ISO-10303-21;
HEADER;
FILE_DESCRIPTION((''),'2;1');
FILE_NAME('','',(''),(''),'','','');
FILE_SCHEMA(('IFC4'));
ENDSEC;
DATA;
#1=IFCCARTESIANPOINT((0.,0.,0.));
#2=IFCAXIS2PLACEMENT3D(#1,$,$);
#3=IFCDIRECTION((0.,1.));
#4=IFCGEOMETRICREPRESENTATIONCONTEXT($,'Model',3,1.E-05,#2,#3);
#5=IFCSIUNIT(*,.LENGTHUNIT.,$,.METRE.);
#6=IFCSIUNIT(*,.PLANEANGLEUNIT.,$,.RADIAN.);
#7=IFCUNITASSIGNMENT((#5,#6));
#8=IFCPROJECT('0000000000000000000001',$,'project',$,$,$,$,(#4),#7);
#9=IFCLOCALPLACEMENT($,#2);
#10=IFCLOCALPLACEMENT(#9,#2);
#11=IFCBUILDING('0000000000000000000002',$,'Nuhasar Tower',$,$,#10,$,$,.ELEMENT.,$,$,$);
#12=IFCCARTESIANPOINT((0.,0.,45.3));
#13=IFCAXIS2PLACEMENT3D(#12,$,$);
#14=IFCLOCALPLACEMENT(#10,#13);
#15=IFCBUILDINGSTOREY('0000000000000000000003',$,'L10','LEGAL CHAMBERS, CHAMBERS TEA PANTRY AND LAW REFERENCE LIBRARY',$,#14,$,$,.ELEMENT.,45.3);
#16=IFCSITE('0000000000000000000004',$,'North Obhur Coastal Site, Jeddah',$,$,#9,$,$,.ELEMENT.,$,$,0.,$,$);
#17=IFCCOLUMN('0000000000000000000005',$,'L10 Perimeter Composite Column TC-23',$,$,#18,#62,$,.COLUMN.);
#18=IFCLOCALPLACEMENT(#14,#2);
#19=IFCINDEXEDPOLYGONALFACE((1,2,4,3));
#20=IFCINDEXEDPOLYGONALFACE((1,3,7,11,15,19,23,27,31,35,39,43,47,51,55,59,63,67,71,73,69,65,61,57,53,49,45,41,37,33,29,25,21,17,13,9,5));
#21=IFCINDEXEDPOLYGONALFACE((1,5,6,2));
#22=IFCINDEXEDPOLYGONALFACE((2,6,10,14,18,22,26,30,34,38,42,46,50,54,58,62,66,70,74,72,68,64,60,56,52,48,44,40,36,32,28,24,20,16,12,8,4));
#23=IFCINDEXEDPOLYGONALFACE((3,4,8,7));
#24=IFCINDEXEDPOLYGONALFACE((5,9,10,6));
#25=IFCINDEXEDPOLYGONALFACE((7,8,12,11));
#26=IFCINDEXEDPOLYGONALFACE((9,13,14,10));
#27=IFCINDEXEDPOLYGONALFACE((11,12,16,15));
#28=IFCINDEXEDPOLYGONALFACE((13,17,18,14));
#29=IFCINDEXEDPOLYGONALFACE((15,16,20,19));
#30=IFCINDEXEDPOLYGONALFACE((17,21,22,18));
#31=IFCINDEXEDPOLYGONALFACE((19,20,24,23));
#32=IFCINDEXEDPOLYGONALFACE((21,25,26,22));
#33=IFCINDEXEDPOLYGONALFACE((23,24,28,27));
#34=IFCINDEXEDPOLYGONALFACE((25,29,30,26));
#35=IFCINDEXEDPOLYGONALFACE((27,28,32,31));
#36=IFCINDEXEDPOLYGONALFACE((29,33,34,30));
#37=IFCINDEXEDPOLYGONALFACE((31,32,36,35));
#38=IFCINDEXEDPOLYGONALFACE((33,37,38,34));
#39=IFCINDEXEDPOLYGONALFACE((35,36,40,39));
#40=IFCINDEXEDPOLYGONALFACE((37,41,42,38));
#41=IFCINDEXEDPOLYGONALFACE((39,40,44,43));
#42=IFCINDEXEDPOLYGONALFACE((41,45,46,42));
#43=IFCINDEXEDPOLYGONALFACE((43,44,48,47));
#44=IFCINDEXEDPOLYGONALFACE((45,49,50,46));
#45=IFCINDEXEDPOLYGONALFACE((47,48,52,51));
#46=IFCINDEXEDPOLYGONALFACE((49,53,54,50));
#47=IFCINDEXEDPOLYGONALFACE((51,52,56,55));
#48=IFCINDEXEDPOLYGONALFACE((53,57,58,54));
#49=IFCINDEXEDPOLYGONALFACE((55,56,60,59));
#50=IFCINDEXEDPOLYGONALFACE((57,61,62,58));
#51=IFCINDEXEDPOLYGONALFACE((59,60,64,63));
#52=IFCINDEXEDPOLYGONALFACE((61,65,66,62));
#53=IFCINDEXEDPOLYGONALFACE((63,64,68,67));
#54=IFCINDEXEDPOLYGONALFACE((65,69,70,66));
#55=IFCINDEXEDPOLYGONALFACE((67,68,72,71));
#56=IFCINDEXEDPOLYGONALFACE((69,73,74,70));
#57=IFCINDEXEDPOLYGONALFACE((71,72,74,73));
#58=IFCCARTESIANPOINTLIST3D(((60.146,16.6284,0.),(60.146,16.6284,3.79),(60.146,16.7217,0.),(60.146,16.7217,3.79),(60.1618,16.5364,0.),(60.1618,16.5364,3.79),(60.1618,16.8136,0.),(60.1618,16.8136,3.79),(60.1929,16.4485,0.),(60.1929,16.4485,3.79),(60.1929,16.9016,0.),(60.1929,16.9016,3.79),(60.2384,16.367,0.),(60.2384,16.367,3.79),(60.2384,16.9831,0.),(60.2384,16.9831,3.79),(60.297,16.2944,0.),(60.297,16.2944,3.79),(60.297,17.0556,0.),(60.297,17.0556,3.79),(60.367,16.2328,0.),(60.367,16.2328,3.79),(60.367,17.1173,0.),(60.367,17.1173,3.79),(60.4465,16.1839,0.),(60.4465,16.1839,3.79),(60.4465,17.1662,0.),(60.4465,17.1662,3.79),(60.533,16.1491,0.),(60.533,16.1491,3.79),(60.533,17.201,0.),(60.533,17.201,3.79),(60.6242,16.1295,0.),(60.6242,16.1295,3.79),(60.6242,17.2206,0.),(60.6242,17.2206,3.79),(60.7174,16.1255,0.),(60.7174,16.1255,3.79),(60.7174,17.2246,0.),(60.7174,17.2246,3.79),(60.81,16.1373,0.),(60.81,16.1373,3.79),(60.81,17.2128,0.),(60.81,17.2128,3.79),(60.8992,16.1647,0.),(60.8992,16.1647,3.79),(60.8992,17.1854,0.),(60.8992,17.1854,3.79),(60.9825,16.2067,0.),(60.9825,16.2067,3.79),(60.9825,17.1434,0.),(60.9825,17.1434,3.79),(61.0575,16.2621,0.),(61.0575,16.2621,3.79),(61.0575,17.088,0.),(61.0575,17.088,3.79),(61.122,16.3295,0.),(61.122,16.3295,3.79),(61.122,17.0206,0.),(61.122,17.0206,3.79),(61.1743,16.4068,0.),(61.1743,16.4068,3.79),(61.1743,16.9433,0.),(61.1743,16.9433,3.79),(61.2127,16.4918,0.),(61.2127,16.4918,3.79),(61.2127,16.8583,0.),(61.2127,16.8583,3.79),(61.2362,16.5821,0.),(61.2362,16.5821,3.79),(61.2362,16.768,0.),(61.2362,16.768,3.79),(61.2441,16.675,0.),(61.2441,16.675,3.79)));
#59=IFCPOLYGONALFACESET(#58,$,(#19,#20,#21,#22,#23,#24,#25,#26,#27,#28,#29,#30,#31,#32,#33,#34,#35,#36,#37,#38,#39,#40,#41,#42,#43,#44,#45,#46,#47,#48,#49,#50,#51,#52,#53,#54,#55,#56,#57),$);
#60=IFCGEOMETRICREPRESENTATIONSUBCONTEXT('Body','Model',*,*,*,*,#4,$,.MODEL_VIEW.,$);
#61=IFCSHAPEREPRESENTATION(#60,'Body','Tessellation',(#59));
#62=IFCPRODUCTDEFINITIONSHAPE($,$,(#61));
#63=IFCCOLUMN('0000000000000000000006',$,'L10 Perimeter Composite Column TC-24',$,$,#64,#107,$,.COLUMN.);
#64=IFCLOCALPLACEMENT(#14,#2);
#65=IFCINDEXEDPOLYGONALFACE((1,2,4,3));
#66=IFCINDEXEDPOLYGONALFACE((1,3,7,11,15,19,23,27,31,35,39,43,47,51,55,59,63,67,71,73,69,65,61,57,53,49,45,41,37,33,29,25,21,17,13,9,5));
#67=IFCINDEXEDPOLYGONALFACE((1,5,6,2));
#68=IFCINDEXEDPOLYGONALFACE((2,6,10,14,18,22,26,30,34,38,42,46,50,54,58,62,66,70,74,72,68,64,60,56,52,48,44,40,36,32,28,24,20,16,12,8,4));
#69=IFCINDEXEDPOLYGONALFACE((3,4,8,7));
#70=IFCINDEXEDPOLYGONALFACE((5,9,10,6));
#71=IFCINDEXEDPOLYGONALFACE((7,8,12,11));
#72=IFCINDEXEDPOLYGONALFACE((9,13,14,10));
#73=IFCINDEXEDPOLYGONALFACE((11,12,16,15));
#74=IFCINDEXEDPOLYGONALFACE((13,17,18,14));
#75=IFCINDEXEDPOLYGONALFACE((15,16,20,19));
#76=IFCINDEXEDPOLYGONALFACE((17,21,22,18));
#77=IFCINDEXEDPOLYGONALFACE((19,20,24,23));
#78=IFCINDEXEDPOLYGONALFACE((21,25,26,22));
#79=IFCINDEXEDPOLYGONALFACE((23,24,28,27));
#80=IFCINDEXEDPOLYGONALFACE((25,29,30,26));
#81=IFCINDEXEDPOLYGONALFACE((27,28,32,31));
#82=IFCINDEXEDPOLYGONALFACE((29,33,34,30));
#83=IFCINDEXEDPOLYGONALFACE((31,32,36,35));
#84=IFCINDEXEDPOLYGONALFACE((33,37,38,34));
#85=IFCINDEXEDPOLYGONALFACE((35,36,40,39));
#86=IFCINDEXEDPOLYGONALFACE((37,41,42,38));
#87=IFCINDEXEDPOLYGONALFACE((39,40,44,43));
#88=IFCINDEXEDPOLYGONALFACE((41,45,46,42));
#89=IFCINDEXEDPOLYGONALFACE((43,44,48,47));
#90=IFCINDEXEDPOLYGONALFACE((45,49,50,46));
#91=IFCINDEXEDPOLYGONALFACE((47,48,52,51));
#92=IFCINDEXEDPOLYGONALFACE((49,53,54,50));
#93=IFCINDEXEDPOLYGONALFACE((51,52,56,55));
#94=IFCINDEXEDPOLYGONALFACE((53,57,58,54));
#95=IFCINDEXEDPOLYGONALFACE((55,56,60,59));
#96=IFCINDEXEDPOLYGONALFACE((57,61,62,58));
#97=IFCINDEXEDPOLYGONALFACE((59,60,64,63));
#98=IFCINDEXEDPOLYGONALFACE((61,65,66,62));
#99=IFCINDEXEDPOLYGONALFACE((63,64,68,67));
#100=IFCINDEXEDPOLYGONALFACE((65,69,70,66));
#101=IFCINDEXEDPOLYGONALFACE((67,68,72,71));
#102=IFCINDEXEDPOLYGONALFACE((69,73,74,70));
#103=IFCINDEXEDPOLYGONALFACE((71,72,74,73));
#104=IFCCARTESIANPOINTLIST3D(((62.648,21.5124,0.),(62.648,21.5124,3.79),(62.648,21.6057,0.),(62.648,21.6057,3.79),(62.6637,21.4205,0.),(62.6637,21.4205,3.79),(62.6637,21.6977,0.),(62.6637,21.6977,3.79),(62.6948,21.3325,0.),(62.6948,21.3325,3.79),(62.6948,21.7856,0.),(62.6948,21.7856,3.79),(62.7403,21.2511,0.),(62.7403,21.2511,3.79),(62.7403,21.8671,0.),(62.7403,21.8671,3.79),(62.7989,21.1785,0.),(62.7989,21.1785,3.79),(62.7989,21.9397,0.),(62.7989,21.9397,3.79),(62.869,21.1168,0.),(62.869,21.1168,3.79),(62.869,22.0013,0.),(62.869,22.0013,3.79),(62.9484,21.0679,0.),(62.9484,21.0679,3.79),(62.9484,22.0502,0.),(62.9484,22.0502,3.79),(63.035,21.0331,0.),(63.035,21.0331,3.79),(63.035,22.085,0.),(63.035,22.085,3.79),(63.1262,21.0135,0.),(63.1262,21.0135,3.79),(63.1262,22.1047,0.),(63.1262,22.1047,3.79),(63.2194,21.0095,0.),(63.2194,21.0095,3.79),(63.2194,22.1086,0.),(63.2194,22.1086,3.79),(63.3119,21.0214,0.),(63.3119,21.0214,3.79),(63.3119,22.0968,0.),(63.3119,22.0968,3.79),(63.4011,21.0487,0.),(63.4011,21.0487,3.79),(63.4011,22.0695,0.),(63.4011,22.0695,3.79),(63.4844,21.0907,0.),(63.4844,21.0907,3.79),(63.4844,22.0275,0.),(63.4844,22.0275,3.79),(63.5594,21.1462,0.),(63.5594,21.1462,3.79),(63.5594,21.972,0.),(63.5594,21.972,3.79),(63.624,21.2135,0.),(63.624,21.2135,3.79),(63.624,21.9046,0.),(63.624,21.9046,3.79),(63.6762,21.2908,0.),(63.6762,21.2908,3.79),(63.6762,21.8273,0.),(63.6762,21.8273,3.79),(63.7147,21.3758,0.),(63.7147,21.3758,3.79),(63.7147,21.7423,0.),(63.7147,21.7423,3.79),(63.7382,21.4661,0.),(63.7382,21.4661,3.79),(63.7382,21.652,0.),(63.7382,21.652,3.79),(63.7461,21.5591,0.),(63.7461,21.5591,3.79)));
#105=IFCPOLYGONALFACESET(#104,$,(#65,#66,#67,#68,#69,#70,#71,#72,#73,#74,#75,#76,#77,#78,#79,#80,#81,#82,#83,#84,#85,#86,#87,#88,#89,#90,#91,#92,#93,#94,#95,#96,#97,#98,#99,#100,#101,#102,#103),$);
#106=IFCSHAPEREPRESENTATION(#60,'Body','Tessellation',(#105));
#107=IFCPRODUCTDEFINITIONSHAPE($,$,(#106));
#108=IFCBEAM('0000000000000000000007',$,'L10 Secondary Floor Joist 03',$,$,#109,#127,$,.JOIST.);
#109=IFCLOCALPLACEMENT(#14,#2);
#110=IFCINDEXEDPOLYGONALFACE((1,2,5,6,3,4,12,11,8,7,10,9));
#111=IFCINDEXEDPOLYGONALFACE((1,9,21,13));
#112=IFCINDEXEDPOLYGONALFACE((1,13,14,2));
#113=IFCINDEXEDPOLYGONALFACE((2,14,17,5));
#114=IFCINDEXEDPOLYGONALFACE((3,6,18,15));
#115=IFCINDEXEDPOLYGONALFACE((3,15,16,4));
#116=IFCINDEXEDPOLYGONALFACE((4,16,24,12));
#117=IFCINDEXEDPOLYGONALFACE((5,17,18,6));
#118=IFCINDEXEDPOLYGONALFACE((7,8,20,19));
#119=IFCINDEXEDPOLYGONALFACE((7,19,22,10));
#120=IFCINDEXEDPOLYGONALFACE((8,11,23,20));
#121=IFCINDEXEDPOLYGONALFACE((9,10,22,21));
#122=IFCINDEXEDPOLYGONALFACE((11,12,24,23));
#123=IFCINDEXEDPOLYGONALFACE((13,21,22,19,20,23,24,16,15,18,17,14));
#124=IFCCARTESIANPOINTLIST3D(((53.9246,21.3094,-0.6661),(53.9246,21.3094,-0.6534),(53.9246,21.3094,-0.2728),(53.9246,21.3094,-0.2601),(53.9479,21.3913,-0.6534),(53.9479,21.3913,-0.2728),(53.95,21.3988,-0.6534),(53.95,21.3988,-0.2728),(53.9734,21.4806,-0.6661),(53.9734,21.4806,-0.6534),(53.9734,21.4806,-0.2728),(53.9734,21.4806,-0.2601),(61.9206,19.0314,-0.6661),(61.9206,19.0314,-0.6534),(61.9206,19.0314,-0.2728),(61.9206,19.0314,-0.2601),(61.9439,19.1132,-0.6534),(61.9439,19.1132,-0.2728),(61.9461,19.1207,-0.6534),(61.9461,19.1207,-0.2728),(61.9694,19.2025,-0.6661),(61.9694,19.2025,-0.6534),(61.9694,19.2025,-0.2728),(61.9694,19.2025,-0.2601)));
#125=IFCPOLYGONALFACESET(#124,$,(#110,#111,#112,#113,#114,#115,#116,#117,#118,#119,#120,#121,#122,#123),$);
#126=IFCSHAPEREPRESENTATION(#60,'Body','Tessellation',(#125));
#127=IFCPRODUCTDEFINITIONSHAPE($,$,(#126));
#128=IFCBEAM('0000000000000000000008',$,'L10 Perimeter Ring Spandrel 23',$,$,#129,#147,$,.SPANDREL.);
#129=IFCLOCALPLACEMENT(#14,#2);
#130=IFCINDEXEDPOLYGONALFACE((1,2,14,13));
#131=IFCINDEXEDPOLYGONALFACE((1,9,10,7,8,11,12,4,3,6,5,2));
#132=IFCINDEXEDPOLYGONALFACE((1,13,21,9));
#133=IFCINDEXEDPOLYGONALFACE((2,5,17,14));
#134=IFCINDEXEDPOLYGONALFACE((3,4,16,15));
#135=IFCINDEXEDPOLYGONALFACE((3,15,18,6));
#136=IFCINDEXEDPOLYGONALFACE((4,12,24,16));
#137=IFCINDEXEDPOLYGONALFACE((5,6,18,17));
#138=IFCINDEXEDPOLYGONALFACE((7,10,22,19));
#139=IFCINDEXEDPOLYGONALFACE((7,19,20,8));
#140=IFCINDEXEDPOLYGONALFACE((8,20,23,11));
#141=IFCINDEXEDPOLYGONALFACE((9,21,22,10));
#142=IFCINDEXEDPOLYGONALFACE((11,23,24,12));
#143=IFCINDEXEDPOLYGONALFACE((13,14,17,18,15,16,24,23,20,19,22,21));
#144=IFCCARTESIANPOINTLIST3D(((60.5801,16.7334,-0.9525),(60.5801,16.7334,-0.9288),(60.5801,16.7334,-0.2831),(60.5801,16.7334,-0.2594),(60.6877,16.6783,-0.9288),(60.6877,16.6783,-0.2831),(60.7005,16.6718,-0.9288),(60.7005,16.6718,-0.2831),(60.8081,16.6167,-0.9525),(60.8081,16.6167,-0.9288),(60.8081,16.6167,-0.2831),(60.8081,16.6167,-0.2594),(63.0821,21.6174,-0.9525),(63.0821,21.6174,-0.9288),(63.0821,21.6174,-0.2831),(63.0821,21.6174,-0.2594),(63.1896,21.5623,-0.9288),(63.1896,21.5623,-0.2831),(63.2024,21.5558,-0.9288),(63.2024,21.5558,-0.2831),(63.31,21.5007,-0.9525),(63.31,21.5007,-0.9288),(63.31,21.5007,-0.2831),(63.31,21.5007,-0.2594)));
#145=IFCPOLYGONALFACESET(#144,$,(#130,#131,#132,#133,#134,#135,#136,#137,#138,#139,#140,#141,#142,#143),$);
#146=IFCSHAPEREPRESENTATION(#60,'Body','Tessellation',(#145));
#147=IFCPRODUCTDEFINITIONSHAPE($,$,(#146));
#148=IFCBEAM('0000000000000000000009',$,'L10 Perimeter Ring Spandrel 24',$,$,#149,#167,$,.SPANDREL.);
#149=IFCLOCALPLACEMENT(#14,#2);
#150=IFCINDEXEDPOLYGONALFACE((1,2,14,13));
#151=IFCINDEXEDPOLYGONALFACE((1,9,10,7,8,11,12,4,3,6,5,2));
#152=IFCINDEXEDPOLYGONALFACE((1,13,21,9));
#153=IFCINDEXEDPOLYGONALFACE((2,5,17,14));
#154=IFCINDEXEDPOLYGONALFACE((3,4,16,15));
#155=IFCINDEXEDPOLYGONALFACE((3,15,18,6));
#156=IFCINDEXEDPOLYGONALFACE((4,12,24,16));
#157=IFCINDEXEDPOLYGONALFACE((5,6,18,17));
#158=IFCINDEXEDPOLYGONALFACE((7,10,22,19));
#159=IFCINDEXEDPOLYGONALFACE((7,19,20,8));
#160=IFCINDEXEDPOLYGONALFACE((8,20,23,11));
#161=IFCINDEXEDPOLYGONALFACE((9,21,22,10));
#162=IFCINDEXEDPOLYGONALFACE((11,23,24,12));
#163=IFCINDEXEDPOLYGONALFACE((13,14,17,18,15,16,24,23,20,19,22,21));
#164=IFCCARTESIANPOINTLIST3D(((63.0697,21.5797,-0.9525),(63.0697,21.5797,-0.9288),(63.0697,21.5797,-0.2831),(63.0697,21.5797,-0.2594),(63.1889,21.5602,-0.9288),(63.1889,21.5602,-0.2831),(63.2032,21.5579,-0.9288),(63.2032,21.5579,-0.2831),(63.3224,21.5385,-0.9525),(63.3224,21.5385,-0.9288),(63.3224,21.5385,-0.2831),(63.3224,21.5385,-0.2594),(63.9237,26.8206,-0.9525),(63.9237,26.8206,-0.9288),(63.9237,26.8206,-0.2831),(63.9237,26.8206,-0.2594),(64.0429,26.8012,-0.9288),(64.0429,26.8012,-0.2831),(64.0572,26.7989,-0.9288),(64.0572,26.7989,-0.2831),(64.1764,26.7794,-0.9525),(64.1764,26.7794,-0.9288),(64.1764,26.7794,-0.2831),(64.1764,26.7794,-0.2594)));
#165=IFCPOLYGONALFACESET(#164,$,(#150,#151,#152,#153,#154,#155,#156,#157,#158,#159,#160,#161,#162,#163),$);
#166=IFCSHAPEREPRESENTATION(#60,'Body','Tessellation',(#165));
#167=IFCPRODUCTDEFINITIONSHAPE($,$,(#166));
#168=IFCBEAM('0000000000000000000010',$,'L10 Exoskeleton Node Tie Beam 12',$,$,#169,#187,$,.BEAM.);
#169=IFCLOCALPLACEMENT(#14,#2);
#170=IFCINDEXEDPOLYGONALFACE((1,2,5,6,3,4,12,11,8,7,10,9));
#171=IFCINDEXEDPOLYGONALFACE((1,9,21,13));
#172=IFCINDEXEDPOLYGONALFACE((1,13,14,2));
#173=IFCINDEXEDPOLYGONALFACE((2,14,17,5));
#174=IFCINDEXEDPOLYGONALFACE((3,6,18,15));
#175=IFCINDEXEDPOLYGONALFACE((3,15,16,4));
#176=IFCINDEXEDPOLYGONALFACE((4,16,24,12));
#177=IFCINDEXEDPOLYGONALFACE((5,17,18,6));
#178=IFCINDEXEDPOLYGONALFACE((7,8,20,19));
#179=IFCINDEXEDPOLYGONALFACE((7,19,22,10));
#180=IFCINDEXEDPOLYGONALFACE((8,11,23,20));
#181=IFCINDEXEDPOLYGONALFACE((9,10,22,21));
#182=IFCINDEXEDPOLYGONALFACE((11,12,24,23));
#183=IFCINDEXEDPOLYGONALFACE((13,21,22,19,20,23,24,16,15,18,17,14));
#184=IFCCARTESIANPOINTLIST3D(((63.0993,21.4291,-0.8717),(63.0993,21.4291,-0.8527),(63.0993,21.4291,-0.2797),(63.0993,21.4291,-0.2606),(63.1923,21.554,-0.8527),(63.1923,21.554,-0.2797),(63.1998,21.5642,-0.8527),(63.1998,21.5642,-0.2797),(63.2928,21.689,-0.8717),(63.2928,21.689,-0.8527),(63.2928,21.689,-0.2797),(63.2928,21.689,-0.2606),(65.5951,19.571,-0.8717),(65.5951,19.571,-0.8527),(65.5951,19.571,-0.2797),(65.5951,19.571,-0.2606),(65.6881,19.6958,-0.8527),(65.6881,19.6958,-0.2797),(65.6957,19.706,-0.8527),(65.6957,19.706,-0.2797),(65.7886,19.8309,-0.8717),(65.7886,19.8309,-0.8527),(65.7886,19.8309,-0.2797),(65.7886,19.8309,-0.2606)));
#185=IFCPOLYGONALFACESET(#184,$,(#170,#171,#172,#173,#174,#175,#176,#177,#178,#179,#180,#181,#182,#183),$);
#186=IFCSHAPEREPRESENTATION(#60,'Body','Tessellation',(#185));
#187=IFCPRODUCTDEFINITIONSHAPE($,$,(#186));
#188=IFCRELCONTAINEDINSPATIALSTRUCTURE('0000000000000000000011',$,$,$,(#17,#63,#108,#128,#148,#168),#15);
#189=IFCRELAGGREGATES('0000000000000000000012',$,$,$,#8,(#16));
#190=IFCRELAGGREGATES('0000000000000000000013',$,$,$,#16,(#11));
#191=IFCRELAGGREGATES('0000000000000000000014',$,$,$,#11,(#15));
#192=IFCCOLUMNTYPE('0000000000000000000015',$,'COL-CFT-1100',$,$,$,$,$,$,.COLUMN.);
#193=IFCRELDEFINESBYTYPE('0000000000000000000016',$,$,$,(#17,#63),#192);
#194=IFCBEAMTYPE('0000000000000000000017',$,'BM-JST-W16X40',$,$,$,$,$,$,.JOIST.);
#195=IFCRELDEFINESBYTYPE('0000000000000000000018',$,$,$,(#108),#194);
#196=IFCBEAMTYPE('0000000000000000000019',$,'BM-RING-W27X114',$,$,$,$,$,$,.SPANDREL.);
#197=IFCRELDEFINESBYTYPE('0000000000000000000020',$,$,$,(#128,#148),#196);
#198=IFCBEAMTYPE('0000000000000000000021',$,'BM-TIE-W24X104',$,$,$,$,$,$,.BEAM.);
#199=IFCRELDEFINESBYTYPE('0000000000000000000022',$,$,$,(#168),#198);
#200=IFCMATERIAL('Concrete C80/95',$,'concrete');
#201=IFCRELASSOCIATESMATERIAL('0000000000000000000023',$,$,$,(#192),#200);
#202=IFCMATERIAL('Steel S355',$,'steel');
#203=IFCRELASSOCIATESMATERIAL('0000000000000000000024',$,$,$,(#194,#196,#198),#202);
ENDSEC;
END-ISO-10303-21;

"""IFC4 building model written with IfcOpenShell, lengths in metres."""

from ifc_helpers import new_model, si_unit, direction, frame, origin, origin_2d, place, context, subcontext, project, spatial, circle, i_section, extrude, material, material_profile, profile_set, type_object, element, save


model = new_model("IFC4")

# Units and contexts
model_context = context("Model", 3, precision=1e-05, world=origin(), true_north=direction((0.0, 1.0)))
body_context = subcontext(model_context, "Body", "Model", "MODEL_VIEW")
ifc_project = project(units=[si_unit("LENGTHUNIT", "METRE"), si_unit("PLANEANGLEUNIT", "RADIAN")], contexts=[model_context])

# Site, building, storey
site_placement = place(None, origin())
site = spatial("IfcSite", under=ifc_project, at=site_placement, Name="North Obhur Coastal Site, Jeddah", CompositionType="ELEMENT", RefElevation=0.0)
building_placement = place(site_placement, origin())
building = spatial("IfcBuilding", under=site, at=building_placement, Name="Nuhasar Tower", CompositionType="ELEMENT")
storey_placement = place(building_placement, frame((0.0, 0.0, 45.3)))
storey = spatial("IfcBuildingStorey", under=building, at=storey_placement, Name="L10", Description="LEGAL CHAMBERS, CHAMBERS TEA PANTRY AND LAW REFERENCE LIBRARY", CompositionType="ELEMENT", Elevation=45.3)

# Columns
ifc_material_1 = material(Name="Concrete C80/95", Category="concrete")
ifc_material_profile_1 = material_profile(ifc_material_1, circle(Radius=0.55, at=origin_2d()), Name="CFT1100")
ifc_profile_set_1 = profile_set([ifc_material_profile_1], Name="Concrete C80/95")
column_type = type_object("IfcColumnType", Name="COL-CFT-1100", PredefinedType="COLUMN", material=ifc_profile_set_1)
for number, where, z_axis, x_axis, name in (
    (1, (60.6941, 16.675, 0.0), (0.0, 0.0, 1.0), (1.0, 0.0, 0.0), "L10 Perimeter Composite Column TC-23"),
    (2, (63.196, 21.5591, 0.0), (0.0, 0.0, 1.0), (1.0, 0.0, 0.0), "L10 Perimeter Composite Column TC-24"),
):
    element("IfcColumn", number, at=place(storey_placement, frame(where, z_axis=z_axis, x_axis=x_axis)), inside=storey, type_object=column_type, Name=name, PredefinedType="COLUMN", context=body_context, shape_type="SweptSolid", body=[
        extrude(circle(Radius=0.55, at=origin_2d()), origin(), (0.0, 0.0, 1.0), 3.79),
    ])

# Beams
ifc_material_2 = material(Name="Steel S355", Category="steel")
ifc_material_profile_2 = material_profile(ifc_material_2, i_section(OverallWidth=0.178, OverallDepth=0.406, WebThickness=0.0078, FlangeThickness=0.0127, at=origin_2d()), Name="W16X40")
ifc_profile_set_2 = profile_set([ifc_material_profile_2], Name="Steel S355")
beam_type_1 = type_object("IfcBeamType", Name="BM-JST-W16X40", PredefinedType="JOIST", material=ifc_profile_set_2)
beam_1_placement = place(storey_placement, frame((53.949, 21.395, -0.4631), z_axis=(0.961731, -0.273996, 0.0), x_axis=(0.273996, 0.961731, 0.0)))
element("IfcBeam", 3, at=beam_1_placement, inside=storey, type_object=beam_type_1, Name="L10 Secondary Floor Joist 03", PredefinedType="JOIST", context=body_context, shape_type="SweptSolid", body=[
    extrude(i_section(OverallWidth=0.178, OverallDepth=0.406, WebThickness=0.0078, FlangeThickness=0.0127, at=origin_2d()), origin(), (0.0, 0.0, 1.0), 8.3142),
])
ifc_material_profile_3 = material_profile(ifc_material_2, i_section(OverallWidth=0.2561, OverallDepth=0.6931, WebThickness=0.0144, FlangeThickness=0.0237, at=origin_2d()), Name="W27X114")
ifc_profile_set_3 = profile_set([ifc_material_profile_3], Name="Steel S355")
beam_type_2 = type_object("IfcBeamType", Name="BM-RING-W27X114", PredefinedType="SPANDREL", material=ifc_profile_set_3)
beam_2_placement = place(storey_placement, frame((60.6941, 16.675, -0.606), z_axis=(0.45593, 0.890016, 0.0), x_axis=(-0.890016, 0.45593, 0.0)))
element("IfcBeam", 4, at=beam_2_placement, inside=storey, type_object=beam_type_2, Name="L10 Perimeter Ring Spandrel 23", PredefinedType="SPANDREL", context=body_context, shape_type="SweptSolid", body=[
    extrude(i_section(OverallWidth=0.2561, OverallDepth=0.6931, WebThickness=0.0144, FlangeThickness=0.0237, at=origin_2d()), origin(), (0.0, 0.0, 1.0), 5.4875),
])
beam_3_placement = place(storey_placement, frame((63.196, 21.5591, -0.606), z_axis=(0.160827, 0.986983, 0.0), x_axis=(-0.986983, 0.160827, 0.0)))
element("IfcBeam", 5, at=beam_3_placement, inside=storey, type_object=beam_type_2, Name="L10 Perimeter Ring Spandrel 24", PredefinedType="SPANDREL", context=body_context, shape_type="SweptSolid", body=[
    extrude(i_section(OverallWidth=0.2561, OverallDepth=0.6931, WebThickness=0.0144, FlangeThickness=0.0237, at=origin_2d()), origin(), (0.0, 0.0, 1.0), 5.3101),
])
ifc_material_profile_4 = material_profile(ifc_material_2, i_section(OverallWidth=0.324, OverallDepth=0.6111, WebThickness=0.0127, FlangeThickness=0.019, at=origin_2d()), Name="W24X104")
ifc_profile_set_4 = profile_set([ifc_material_profile_4], Name="Steel S355")
beam_type_3 = type_object("IfcBeamType", Name="BM-TIE-W24X104", PredefinedType="BEAM", material=ifc_profile_set_4)
beam_4_placement = place(storey_placement, frame((63.196, 21.5591, -0.5662), z_axis=(0.802113, -0.597172, 0.0), x_axis=(0.597172, 0.802113, 0.0)))
element("IfcBeam", 6, at=beam_4_placement, inside=storey, type_object=beam_type_3, Name="L10 Exoskeleton Node Tie Beam 12", PredefinedType="BEAM", context=body_context, shape_type="SweptSolid", body=[
    extrude(i_section(OverallWidth=0.324, OverallDepth=0.6111, WebThickness=0.0127, FlangeThickness=0.019, at=origin_2d()), origin(), (0.0, 0.0, 1.0), 3.1116),
])

save(model, "model.ifc")
